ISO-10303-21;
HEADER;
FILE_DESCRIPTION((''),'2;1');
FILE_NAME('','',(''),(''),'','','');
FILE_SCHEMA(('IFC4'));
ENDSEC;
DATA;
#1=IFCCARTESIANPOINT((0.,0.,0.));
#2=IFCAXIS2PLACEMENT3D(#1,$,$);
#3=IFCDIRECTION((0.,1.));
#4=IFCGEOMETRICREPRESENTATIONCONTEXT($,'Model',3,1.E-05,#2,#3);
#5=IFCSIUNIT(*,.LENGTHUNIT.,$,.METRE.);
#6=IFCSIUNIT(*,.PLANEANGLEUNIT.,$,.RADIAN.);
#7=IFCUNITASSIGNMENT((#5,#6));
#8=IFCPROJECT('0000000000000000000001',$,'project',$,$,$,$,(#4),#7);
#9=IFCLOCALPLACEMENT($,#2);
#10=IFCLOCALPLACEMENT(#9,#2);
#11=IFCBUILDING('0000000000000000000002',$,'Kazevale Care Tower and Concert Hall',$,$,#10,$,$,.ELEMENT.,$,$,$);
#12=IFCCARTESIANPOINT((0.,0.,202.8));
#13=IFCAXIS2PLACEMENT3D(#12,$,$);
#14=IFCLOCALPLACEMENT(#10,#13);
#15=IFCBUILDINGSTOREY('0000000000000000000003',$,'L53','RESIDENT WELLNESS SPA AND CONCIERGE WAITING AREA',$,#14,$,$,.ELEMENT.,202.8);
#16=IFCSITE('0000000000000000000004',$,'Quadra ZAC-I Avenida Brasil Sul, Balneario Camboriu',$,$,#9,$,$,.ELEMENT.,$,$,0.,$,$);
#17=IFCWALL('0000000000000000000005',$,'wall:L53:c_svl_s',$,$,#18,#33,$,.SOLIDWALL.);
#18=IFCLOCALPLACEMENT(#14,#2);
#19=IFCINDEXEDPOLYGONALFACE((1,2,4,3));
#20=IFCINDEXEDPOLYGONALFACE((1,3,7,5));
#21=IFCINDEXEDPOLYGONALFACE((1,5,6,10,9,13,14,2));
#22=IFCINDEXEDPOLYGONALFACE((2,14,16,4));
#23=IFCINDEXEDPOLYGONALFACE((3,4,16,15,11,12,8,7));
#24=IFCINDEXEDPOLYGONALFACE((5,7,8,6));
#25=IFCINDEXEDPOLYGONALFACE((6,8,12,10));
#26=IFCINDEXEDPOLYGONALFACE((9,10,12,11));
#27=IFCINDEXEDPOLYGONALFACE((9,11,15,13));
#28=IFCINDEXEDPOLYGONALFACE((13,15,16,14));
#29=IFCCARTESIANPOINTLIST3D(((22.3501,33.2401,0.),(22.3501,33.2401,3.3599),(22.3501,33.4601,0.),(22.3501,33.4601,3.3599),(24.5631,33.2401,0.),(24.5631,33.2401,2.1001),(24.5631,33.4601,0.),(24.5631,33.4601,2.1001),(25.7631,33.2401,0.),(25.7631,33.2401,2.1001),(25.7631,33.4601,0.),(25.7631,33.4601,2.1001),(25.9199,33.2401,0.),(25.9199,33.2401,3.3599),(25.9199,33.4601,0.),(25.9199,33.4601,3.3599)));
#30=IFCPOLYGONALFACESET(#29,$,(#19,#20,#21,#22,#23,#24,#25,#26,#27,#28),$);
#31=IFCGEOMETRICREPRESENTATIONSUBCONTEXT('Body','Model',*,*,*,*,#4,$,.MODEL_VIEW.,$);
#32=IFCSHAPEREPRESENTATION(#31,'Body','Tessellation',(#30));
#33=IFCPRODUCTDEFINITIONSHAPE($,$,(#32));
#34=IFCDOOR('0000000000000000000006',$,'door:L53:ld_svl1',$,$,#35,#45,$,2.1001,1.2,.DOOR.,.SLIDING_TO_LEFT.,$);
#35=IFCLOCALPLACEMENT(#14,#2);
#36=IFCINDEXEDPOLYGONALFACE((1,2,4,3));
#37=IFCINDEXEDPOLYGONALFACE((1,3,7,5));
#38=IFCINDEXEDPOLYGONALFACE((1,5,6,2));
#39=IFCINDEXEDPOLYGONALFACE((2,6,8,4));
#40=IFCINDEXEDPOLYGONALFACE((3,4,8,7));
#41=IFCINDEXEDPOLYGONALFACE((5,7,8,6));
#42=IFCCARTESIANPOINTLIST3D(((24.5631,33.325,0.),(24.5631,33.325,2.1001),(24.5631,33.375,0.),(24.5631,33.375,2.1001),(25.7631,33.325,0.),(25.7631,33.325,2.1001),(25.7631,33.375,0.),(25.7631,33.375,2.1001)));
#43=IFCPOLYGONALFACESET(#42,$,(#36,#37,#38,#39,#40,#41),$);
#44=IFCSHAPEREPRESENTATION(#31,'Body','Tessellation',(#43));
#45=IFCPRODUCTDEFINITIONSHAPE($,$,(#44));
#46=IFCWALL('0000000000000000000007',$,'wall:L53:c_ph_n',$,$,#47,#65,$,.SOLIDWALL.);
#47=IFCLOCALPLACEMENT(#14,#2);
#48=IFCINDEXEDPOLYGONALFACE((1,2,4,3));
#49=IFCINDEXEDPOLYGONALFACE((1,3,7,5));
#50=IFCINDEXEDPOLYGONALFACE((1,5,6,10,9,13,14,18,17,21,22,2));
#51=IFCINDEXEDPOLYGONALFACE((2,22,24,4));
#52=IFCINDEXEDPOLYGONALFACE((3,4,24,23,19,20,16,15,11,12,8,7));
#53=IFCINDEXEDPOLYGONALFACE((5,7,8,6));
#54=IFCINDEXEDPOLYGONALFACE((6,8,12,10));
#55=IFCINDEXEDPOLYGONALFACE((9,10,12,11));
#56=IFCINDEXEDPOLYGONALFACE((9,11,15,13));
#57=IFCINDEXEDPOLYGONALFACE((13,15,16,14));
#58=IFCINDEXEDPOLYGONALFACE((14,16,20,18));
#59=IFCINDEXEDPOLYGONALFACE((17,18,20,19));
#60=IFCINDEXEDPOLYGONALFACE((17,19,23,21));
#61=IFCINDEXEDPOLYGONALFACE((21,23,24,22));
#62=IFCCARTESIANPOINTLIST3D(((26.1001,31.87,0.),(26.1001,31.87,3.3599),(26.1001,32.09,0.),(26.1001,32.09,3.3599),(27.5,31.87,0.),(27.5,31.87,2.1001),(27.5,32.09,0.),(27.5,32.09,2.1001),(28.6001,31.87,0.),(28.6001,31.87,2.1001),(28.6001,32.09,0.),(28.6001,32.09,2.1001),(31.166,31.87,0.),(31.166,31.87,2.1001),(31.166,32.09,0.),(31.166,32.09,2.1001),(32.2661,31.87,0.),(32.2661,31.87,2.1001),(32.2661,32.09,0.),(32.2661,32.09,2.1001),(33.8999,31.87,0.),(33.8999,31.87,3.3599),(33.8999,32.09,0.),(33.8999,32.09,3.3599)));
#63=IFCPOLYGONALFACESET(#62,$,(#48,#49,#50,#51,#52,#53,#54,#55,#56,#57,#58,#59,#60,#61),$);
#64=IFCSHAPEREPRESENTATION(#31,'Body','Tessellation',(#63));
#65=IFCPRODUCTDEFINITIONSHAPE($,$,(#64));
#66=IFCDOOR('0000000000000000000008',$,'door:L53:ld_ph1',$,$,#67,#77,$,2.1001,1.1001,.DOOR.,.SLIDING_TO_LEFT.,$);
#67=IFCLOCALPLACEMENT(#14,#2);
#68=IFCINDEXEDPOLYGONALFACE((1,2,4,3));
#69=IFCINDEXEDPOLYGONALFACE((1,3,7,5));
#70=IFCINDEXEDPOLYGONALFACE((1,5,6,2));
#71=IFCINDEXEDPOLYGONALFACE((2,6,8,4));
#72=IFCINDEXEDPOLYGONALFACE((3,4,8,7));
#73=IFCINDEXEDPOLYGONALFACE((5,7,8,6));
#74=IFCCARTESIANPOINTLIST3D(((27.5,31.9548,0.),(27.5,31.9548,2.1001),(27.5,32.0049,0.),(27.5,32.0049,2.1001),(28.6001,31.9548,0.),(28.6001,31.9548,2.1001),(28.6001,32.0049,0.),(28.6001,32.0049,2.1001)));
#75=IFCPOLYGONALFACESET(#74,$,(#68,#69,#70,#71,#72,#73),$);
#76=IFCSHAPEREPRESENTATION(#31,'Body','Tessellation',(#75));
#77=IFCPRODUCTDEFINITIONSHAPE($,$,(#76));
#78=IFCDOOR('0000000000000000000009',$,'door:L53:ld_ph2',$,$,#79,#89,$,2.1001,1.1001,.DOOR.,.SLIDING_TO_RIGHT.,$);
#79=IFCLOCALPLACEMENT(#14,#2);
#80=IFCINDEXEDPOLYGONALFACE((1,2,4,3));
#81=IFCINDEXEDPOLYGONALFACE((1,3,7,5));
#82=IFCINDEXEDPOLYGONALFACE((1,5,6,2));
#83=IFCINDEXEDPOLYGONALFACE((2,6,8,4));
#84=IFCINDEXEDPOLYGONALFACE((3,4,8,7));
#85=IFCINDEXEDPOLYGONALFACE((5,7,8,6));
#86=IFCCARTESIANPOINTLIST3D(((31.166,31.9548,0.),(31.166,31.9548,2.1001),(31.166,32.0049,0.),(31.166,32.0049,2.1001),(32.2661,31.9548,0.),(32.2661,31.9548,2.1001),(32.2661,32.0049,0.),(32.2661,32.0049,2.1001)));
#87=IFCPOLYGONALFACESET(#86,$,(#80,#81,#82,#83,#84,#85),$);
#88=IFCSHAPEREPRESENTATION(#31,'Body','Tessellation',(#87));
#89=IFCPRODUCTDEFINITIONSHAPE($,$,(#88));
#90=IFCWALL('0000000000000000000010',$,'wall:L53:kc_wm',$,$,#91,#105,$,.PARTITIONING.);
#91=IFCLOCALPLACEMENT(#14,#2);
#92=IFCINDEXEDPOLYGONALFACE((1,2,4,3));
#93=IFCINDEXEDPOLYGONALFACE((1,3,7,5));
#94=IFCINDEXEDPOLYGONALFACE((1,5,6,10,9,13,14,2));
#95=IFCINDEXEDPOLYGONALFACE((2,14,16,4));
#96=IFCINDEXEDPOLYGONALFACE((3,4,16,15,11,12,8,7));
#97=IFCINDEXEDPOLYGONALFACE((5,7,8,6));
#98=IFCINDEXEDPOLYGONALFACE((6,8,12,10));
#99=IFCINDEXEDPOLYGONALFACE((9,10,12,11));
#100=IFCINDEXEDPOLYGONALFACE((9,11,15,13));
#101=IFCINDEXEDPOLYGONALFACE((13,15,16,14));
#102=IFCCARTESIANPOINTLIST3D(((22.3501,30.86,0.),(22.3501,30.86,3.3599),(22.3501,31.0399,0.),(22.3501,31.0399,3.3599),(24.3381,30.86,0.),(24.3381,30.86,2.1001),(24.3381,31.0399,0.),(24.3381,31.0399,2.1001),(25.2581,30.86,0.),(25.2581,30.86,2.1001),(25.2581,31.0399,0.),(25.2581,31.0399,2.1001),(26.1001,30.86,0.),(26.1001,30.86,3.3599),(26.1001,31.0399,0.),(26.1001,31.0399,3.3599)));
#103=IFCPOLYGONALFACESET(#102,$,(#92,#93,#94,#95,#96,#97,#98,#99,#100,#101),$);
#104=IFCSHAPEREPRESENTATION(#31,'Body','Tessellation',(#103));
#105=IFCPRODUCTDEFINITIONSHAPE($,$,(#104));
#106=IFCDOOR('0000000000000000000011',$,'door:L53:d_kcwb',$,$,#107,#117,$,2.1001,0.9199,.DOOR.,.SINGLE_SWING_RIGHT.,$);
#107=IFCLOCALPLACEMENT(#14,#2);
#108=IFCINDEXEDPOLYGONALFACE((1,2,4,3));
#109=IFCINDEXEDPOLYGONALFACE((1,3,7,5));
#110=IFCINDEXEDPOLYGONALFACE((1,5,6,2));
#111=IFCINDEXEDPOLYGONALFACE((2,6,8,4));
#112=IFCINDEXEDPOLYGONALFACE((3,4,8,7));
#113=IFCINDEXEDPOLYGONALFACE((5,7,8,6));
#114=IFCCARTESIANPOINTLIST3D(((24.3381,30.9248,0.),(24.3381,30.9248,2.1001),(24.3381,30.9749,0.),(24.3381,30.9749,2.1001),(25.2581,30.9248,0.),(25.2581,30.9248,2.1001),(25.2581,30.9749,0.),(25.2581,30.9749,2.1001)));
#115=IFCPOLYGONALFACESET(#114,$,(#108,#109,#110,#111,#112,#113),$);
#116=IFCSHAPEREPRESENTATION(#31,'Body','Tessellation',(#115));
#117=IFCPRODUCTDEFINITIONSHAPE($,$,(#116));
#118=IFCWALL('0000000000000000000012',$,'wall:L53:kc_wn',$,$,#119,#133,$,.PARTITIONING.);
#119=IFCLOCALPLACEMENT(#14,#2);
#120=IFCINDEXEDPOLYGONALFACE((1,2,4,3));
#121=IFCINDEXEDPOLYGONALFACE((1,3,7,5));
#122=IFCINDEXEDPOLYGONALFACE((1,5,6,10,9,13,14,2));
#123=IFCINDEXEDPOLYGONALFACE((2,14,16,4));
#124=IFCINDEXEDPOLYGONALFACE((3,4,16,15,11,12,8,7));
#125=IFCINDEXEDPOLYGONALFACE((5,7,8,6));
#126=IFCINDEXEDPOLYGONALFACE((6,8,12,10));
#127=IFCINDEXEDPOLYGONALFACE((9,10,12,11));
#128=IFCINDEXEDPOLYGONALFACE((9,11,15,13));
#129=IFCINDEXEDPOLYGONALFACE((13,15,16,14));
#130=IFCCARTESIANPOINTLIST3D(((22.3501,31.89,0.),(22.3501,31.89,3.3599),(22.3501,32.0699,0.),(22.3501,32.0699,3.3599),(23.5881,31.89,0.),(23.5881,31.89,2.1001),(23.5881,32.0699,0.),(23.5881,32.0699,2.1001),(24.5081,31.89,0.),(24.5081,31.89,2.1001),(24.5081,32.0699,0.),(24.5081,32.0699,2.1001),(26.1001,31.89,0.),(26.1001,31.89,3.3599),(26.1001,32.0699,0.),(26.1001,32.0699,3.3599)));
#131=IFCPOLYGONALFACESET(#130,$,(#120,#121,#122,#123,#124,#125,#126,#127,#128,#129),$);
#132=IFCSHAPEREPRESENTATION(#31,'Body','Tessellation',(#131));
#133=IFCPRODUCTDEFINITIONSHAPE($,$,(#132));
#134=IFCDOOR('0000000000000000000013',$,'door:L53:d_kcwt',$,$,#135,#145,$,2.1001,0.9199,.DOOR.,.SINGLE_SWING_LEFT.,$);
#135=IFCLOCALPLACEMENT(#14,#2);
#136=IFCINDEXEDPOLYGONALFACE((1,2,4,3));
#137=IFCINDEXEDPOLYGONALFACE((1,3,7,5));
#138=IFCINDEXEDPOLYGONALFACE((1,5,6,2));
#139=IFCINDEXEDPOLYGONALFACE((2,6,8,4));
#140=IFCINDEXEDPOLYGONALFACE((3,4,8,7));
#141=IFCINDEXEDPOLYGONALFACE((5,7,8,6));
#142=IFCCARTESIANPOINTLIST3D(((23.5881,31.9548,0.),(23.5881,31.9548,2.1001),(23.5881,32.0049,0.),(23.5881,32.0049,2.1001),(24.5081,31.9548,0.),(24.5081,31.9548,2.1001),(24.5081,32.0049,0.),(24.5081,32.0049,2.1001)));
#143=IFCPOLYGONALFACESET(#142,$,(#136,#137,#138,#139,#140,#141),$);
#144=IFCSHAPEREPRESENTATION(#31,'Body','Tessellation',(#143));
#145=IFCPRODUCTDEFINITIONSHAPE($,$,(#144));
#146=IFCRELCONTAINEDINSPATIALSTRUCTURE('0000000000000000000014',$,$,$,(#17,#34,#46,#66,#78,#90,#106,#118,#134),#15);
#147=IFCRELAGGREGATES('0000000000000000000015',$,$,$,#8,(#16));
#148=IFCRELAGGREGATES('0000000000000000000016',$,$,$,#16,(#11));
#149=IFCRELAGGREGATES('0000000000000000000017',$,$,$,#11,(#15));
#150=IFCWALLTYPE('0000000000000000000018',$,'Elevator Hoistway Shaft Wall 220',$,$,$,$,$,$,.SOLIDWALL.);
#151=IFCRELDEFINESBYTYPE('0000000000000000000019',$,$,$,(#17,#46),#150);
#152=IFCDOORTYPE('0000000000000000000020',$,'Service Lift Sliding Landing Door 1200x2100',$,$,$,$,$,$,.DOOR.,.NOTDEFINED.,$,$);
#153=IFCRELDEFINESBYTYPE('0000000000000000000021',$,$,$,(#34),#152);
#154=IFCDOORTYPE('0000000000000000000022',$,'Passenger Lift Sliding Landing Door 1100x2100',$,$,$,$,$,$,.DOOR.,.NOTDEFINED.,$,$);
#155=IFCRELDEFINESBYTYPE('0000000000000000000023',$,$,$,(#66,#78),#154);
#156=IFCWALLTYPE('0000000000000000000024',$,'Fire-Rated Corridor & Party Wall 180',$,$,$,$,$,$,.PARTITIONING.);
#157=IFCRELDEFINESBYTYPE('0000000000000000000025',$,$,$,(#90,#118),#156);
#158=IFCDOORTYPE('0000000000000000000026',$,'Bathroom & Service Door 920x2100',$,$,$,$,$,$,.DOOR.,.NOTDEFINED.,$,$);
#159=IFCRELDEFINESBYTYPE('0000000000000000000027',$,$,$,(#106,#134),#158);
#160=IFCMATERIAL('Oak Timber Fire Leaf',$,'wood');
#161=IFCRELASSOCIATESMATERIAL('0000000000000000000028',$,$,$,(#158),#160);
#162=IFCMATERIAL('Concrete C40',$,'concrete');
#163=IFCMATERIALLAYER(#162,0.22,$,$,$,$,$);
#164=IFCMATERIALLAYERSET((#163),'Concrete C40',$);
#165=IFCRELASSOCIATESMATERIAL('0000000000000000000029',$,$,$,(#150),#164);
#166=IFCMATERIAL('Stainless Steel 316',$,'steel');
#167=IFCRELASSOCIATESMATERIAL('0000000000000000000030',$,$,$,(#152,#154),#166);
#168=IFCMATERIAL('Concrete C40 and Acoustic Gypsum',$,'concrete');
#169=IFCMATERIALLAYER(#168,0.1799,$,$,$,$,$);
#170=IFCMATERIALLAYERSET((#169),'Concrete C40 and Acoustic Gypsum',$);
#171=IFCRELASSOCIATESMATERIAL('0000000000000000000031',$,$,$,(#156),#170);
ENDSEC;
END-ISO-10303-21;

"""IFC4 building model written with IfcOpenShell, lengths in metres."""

from ifc_helpers import new_model, si_unit, direction, frame, frame_2d, origin, place, context, subcontext, project, spatial, rectangle, extrude, material, layer, layer_set, type_object, element, fill, save


model = new_model("IFC4")

# Units and contexts
model_context = context("Model", 3, precision=1e-05, world=origin(), true_north=direction((0.0, 1.0)))
body_context = subcontext(model_context, "Body", "Model", "MODEL_VIEW")
ifc_project = project(units=[si_unit("LENGTHUNIT", "METRE"), si_unit("PLANEANGLEUNIT", "RADIAN")], contexts=[model_context])

# Site, building, storey
site_placement = place(None, origin())
site = spatial("IfcSite", under=ifc_project, at=site_placement, Name="Quadra ZAC-I Avenida Brasil Sul, Balneario Camboriu", CompositionType="ELEMENT", RefElevation=0.0)
building_placement = place(site_placement, origin())
building = spatial("IfcBuilding", under=site, at=building_placement, Name="Kazevale Care Tower and Concert Hall", CompositionType="ELEMENT")
storey_placement = place(building_placement, frame((0.0, 0.0, 202.8)))
storey = spatial("IfcBuildingStorey", under=building, at=storey_placement, Name="L53", Description="RESIDENT WELLNESS SPA AND CONCIERGE WAITING AREA", CompositionType="ELEMENT", Elevation=202.8)

# Shared definitions
ifc_material_1 = material(Name="Oak Timber Fire Leaf", Category="wood")
door_type_1 = type_object("IfcDoorType", Name="Bathroom & Service Door 920x2100", OperationType="NOTDEFINED", PredefinedType="DOOR", material=ifc_material_1)

# Shared definitions
ifc_material_2 = material(Name="Concrete C40", Category="concrete")
ifc_layer_1 = layer(ifc_material_2, 0.22)
ifc_layer_set_1 = layer_set([ifc_layer_1], Name="Concrete C40")
wall_type_1 = type_object("IfcWallType", Name="Elevator Hoistway Shaft Wall 220", PredefinedType="SOLIDWALL", material=ifc_layer_set_1)

# Wall, opening, door
wall_1_placement = place(storey_placement, frame((22.3501, 33.3501, 0.0), z_axis=(0.0, 0.0, 1.0), x_axis=(1.0, 0.0, 0.0)))
wall_1 = element("IfcWall", 1, at=wall_1_placement, inside=storey, type_object=wall_type_1, Name="wall:L53:c_svl_s", PredefinedType="SOLIDWALL", context=body_context, shape_type="SweptSolid", body=[
    extrude(rectangle(XDim=3.5698, YDim=0.22, at=frame_2d((1.7849, 0.0))), origin(), (0.0, 0.0, 1.0), 3.3599),
])
opening_1_placement = place(wall_1_placement, frame((2.2129, 0.0, 0.0)))
opening_1 = element("IfcOpeningElement", 2, at=opening_1_placement, cuts=wall_1, PredefinedType="OPENING", context=body_context, shape_type="SweptSolid", body=[
    extrude(rectangle(XDim=1.2, YDim=2.1001, at=frame_2d((0.6001, 1.05))), frame((0.0, 0.1199, 0.0), z_axis=(0.0, -1.0, 0.0), x_axis=(1.0, 0.0, 0.0)), (0.0, 0.0, 1.0), 0.24),
])
ifc_material_3 = material(Name="Stainless Steel 316", Category="steel")
door_type_2 = type_object("IfcDoorType", Name="Service Lift Sliding Landing Door 1200x2100", OperationType="NOTDEFINED", PredefinedType="DOOR", material=ifc_material_3)
door_1_placement = place(opening_1_placement, origin())
door_1 = element("IfcDoor", 3, at=door_1_placement, inside=storey, type_object=door_type_2, Name="door:L53:ld_svl1", OperationType="SLIDING_TO_LEFT", OverallHeight=2.1001, OverallWidth=1.2, PredefinedType="DOOR", context=body_context, shape_type="SweptSolid", body=[
    extrude(rectangle(XDim=1.2, YDim=2.1001, at=frame_2d((0.6001, 1.05))), frame((0.0, 0.0249, 0.0), z_axis=(0.0, -1.0, 0.0), x_axis=(1.0, 0.0, 0.0)), (0.0, 0.0, 1.0), 0.05),
])
fill(opening_1, door_1)

# Wall, openings, doors
wall_2_placement = place(storey_placement, frame((26.1001, 31.98, 0.0), z_axis=(0.0, 0.0, 1.0), x_axis=(1.0, 0.0, 0.0)))
wall_2 = element("IfcWall", 4, at=wall_2_placement, inside=storey, type_object=wall_type_1, Name="wall:L53:c_ph_n", PredefinedType="SOLIDWALL", context=body_context, shape_type="SweptSolid", body=[
    extrude(rectangle(XDim=7.7998, YDim=0.22, at=frame_2d((3.8999, 0.0))), origin(), (0.0, 0.0, 1.0), 3.3599),
])
opening_2_placement = place(wall_2_placement, frame((1.3999, 0.0, 0.0)))
opening_2 = element("IfcOpeningElement", 5, at=opening_2_placement, cuts=wall_2, PredefinedType="OPENING", context=body_context, shape_type="SweptSolid", body=[
    extrude(rectangle(XDim=1.1001, YDim=2.1001, at=frame_2d((0.55, 1.05))), frame((0.0, 0.1199, 0.0), z_axis=(0.0, -1.0, 0.0), x_axis=(1.0, 0.0, 0.0)), (0.0, 0.0, 1.0), 0.24),
])
opening_3_placement = place(wall_2_placement, frame((5.0659, 0.0, 0.0)))
opening_3 = element("IfcOpeningElement", 6, at=opening_3_placement, cuts=wall_2, PredefinedType="OPENING", context=body_context, shape_type="SweptSolid", body=[
    extrude(rectangle(XDim=1.1001, YDim=2.1001, at=frame_2d((0.55, 1.05))), frame((0.0, 0.1199, 0.0), z_axis=(0.0, -1.0, 0.0), x_axis=(1.0, 0.0, 0.0)), (0.0, 0.0, 1.0), 0.24),
])
door_type_3 = type_object("IfcDoorType", Name="Passenger Lift Sliding Landing Door 1100x2100", OperationType="NOTDEFINED", PredefinedType="DOOR", material=ifc_material_3)
door_2_placement = place(opening_2_placement, origin())
door_2 = element("IfcDoor", 7, at=door_2_placement, inside=storey, type_object=door_type_3, Name="door:L53:ld_ph1", OperationType="SLIDING_TO_LEFT", OverallHeight=2.1001, OverallWidth=1.1001, PredefinedType="DOOR", context=body_context, shape_type="SweptSolid", body=[
    extrude(rectangle(XDim=1.1001, YDim=2.1001, at=frame_2d((0.55, 1.05))), frame((0.0, 0.0249, 0.0), z_axis=(0.0, -1.0, 0.0), x_axis=(1.0, 0.0, 0.0)), (0.0, 0.0, 1.0), 0.05),
])
fill(opening_2, door_2)
door_3_placement = place(opening_3_placement, origin())
door_3 = element("IfcDoor", 8, at=door_3_placement, inside=storey, type_object=door_type_3, Name="door:L53:ld_ph2", OperationType="SLIDING_TO_RIGHT", OverallHeight=2.1001, OverallWidth=1.1001, PredefinedType="DOOR", context=body_context, shape_type="SweptSolid", body=[
    extrude(rectangle(XDim=1.1001, YDim=2.1001, at=frame_2d((0.55, 1.05))), frame((0.0, 0.0249, 0.0), z_axis=(0.0, -1.0, 0.0), x_axis=(1.0, 0.0, 0.0)), (0.0, 0.0, 1.0), 0.05),
])
fill(opening_3, door_3)

# Walls, openings, doors
ifc_material_4 = material(Name="Concrete C40 and Acoustic Gypsum", Category="concrete")
ifc_layer_2 = layer(ifc_material_4, 0.1799)
ifc_layer_set_2 = layer_set([ifc_layer_2], Name="Concrete C40 and Acoustic Gypsum")
wall_type_2 = type_object("IfcWallType", Name="Fire-Rated Corridor & Party Wall 180", PredefinedType="PARTITIONING", material=ifc_layer_set_2)
wall_3_placement = place(storey_placement, frame((22.3501, 30.95, 0.0), z_axis=(0.0, 0.0, 1.0), x_axis=(1.0, 0.0, 0.0)))
wall_3 = element("IfcWall", 9, at=wall_3_placement, inside=storey, type_object=wall_type_2, Name="wall:L53:kc_wm", PredefinedType="PARTITIONING", context=body_context, shape_type="SweptSolid", body=[
    extrude(rectangle(XDim=3.75, YDim=0.1799, at=frame_2d((1.875, 0.0))), origin(), (0.0, 0.0, 1.0), 3.3599),
])
opening_4_placement = place(wall_3_placement, frame((1.988, 0.0, 0.0)))
opening_4 = element("IfcOpeningElement", 10, at=opening_4_placement, cuts=wall_3, PredefinedType="OPENING", context=body_context, shape_type="SweptSolid", body=[
    extrude(rectangle(XDim=0.9199, YDim=2.1001, at=frame_2d((0.46, 1.05))), frame((0.0, 0.0999, 0.0), z_axis=(0.0, -1.0, 0.0), x_axis=(1.0, 0.0, 0.0)), (0.0, 0.0, 1.0), 0.2),
])
door_4_placement = place(opening_4_placement, origin())
door_4 = element("IfcDoor", 11, at=door_4_placement, inside=storey, type_object=door_type_1, Name="door:L53:d_kcwb", OperationType="SINGLE_SWING_RIGHT", OverallHeight=2.1001, OverallWidth=0.9199, PredefinedType="DOOR", context=body_context, shape_type="SweptSolid", body=[
    extrude(rectangle(XDim=0.9199, YDim=2.1001, at=frame_2d((0.46, 1.05))), frame((0.0, 0.0249, 0.0), z_axis=(0.0, -1.0, 0.0), x_axis=(1.0, 0.0, 0.0)), (0.0, 0.0, 1.0), 0.05),
])
fill(opening_4, door_4)
wall_4_placement = place(storey_placement, frame((22.3501, 31.98, 0.0), z_axis=(0.0, 0.0, 1.0), x_axis=(1.0, 0.0, 0.0)))
wall_4 = element("IfcWall", 12, at=wall_4_placement, inside=storey, type_object=wall_type_2, Name="wall:L53:kc_wn", PredefinedType="PARTITIONING", context=body_context, shape_type="SweptSolid", body=[
    extrude(rectangle(XDim=3.75, YDim=0.1799, at=frame_2d((1.875, 0.0))), origin(), (0.0, 0.0, 1.0), 3.3599),
])
opening_5_placement = place(wall_4_placement, frame((1.238, 0.0, 0.0)))
opening_5 = element("IfcOpeningElement", 13, at=opening_5_placement, cuts=wall_4, PredefinedType="OPENING", context=body_context, shape_type="SweptSolid", body=[
    extrude(rectangle(XDim=0.9199, YDim=2.1001, at=frame_2d((0.46, 1.05))), frame((0.0, 0.0999, 0.0), z_axis=(0.0, -1.0, 0.0), x_axis=(1.0, 0.0, 0.0)), (0.0, 0.0, 1.0), 0.2),
])
door_5_placement = place(opening_5_placement, origin())
door_5 = element("IfcDoor", 14, at=door_5_placement, inside=storey, type_object=door_type_1, Name="door:L53:d_kcwt", OperationType="SINGLE_SWING_LEFT", OverallHeight=2.1001, OverallWidth=0.9199, PredefinedType="DOOR", context=body_context, shape_type="SweptSolid", body=[
    extrude(rectangle(XDim=0.9199, YDim=2.1001, at=frame_2d((0.46, 1.05))), frame((0.0, 0.0249, 0.0), z_axis=(0.0, -1.0, 0.0), x_axis=(1.0, 0.0, 0.0)), (0.0, 0.0, 1.0), 0.05),
])
fill(opening_5, door_5)

save(model, "model.ifc")
